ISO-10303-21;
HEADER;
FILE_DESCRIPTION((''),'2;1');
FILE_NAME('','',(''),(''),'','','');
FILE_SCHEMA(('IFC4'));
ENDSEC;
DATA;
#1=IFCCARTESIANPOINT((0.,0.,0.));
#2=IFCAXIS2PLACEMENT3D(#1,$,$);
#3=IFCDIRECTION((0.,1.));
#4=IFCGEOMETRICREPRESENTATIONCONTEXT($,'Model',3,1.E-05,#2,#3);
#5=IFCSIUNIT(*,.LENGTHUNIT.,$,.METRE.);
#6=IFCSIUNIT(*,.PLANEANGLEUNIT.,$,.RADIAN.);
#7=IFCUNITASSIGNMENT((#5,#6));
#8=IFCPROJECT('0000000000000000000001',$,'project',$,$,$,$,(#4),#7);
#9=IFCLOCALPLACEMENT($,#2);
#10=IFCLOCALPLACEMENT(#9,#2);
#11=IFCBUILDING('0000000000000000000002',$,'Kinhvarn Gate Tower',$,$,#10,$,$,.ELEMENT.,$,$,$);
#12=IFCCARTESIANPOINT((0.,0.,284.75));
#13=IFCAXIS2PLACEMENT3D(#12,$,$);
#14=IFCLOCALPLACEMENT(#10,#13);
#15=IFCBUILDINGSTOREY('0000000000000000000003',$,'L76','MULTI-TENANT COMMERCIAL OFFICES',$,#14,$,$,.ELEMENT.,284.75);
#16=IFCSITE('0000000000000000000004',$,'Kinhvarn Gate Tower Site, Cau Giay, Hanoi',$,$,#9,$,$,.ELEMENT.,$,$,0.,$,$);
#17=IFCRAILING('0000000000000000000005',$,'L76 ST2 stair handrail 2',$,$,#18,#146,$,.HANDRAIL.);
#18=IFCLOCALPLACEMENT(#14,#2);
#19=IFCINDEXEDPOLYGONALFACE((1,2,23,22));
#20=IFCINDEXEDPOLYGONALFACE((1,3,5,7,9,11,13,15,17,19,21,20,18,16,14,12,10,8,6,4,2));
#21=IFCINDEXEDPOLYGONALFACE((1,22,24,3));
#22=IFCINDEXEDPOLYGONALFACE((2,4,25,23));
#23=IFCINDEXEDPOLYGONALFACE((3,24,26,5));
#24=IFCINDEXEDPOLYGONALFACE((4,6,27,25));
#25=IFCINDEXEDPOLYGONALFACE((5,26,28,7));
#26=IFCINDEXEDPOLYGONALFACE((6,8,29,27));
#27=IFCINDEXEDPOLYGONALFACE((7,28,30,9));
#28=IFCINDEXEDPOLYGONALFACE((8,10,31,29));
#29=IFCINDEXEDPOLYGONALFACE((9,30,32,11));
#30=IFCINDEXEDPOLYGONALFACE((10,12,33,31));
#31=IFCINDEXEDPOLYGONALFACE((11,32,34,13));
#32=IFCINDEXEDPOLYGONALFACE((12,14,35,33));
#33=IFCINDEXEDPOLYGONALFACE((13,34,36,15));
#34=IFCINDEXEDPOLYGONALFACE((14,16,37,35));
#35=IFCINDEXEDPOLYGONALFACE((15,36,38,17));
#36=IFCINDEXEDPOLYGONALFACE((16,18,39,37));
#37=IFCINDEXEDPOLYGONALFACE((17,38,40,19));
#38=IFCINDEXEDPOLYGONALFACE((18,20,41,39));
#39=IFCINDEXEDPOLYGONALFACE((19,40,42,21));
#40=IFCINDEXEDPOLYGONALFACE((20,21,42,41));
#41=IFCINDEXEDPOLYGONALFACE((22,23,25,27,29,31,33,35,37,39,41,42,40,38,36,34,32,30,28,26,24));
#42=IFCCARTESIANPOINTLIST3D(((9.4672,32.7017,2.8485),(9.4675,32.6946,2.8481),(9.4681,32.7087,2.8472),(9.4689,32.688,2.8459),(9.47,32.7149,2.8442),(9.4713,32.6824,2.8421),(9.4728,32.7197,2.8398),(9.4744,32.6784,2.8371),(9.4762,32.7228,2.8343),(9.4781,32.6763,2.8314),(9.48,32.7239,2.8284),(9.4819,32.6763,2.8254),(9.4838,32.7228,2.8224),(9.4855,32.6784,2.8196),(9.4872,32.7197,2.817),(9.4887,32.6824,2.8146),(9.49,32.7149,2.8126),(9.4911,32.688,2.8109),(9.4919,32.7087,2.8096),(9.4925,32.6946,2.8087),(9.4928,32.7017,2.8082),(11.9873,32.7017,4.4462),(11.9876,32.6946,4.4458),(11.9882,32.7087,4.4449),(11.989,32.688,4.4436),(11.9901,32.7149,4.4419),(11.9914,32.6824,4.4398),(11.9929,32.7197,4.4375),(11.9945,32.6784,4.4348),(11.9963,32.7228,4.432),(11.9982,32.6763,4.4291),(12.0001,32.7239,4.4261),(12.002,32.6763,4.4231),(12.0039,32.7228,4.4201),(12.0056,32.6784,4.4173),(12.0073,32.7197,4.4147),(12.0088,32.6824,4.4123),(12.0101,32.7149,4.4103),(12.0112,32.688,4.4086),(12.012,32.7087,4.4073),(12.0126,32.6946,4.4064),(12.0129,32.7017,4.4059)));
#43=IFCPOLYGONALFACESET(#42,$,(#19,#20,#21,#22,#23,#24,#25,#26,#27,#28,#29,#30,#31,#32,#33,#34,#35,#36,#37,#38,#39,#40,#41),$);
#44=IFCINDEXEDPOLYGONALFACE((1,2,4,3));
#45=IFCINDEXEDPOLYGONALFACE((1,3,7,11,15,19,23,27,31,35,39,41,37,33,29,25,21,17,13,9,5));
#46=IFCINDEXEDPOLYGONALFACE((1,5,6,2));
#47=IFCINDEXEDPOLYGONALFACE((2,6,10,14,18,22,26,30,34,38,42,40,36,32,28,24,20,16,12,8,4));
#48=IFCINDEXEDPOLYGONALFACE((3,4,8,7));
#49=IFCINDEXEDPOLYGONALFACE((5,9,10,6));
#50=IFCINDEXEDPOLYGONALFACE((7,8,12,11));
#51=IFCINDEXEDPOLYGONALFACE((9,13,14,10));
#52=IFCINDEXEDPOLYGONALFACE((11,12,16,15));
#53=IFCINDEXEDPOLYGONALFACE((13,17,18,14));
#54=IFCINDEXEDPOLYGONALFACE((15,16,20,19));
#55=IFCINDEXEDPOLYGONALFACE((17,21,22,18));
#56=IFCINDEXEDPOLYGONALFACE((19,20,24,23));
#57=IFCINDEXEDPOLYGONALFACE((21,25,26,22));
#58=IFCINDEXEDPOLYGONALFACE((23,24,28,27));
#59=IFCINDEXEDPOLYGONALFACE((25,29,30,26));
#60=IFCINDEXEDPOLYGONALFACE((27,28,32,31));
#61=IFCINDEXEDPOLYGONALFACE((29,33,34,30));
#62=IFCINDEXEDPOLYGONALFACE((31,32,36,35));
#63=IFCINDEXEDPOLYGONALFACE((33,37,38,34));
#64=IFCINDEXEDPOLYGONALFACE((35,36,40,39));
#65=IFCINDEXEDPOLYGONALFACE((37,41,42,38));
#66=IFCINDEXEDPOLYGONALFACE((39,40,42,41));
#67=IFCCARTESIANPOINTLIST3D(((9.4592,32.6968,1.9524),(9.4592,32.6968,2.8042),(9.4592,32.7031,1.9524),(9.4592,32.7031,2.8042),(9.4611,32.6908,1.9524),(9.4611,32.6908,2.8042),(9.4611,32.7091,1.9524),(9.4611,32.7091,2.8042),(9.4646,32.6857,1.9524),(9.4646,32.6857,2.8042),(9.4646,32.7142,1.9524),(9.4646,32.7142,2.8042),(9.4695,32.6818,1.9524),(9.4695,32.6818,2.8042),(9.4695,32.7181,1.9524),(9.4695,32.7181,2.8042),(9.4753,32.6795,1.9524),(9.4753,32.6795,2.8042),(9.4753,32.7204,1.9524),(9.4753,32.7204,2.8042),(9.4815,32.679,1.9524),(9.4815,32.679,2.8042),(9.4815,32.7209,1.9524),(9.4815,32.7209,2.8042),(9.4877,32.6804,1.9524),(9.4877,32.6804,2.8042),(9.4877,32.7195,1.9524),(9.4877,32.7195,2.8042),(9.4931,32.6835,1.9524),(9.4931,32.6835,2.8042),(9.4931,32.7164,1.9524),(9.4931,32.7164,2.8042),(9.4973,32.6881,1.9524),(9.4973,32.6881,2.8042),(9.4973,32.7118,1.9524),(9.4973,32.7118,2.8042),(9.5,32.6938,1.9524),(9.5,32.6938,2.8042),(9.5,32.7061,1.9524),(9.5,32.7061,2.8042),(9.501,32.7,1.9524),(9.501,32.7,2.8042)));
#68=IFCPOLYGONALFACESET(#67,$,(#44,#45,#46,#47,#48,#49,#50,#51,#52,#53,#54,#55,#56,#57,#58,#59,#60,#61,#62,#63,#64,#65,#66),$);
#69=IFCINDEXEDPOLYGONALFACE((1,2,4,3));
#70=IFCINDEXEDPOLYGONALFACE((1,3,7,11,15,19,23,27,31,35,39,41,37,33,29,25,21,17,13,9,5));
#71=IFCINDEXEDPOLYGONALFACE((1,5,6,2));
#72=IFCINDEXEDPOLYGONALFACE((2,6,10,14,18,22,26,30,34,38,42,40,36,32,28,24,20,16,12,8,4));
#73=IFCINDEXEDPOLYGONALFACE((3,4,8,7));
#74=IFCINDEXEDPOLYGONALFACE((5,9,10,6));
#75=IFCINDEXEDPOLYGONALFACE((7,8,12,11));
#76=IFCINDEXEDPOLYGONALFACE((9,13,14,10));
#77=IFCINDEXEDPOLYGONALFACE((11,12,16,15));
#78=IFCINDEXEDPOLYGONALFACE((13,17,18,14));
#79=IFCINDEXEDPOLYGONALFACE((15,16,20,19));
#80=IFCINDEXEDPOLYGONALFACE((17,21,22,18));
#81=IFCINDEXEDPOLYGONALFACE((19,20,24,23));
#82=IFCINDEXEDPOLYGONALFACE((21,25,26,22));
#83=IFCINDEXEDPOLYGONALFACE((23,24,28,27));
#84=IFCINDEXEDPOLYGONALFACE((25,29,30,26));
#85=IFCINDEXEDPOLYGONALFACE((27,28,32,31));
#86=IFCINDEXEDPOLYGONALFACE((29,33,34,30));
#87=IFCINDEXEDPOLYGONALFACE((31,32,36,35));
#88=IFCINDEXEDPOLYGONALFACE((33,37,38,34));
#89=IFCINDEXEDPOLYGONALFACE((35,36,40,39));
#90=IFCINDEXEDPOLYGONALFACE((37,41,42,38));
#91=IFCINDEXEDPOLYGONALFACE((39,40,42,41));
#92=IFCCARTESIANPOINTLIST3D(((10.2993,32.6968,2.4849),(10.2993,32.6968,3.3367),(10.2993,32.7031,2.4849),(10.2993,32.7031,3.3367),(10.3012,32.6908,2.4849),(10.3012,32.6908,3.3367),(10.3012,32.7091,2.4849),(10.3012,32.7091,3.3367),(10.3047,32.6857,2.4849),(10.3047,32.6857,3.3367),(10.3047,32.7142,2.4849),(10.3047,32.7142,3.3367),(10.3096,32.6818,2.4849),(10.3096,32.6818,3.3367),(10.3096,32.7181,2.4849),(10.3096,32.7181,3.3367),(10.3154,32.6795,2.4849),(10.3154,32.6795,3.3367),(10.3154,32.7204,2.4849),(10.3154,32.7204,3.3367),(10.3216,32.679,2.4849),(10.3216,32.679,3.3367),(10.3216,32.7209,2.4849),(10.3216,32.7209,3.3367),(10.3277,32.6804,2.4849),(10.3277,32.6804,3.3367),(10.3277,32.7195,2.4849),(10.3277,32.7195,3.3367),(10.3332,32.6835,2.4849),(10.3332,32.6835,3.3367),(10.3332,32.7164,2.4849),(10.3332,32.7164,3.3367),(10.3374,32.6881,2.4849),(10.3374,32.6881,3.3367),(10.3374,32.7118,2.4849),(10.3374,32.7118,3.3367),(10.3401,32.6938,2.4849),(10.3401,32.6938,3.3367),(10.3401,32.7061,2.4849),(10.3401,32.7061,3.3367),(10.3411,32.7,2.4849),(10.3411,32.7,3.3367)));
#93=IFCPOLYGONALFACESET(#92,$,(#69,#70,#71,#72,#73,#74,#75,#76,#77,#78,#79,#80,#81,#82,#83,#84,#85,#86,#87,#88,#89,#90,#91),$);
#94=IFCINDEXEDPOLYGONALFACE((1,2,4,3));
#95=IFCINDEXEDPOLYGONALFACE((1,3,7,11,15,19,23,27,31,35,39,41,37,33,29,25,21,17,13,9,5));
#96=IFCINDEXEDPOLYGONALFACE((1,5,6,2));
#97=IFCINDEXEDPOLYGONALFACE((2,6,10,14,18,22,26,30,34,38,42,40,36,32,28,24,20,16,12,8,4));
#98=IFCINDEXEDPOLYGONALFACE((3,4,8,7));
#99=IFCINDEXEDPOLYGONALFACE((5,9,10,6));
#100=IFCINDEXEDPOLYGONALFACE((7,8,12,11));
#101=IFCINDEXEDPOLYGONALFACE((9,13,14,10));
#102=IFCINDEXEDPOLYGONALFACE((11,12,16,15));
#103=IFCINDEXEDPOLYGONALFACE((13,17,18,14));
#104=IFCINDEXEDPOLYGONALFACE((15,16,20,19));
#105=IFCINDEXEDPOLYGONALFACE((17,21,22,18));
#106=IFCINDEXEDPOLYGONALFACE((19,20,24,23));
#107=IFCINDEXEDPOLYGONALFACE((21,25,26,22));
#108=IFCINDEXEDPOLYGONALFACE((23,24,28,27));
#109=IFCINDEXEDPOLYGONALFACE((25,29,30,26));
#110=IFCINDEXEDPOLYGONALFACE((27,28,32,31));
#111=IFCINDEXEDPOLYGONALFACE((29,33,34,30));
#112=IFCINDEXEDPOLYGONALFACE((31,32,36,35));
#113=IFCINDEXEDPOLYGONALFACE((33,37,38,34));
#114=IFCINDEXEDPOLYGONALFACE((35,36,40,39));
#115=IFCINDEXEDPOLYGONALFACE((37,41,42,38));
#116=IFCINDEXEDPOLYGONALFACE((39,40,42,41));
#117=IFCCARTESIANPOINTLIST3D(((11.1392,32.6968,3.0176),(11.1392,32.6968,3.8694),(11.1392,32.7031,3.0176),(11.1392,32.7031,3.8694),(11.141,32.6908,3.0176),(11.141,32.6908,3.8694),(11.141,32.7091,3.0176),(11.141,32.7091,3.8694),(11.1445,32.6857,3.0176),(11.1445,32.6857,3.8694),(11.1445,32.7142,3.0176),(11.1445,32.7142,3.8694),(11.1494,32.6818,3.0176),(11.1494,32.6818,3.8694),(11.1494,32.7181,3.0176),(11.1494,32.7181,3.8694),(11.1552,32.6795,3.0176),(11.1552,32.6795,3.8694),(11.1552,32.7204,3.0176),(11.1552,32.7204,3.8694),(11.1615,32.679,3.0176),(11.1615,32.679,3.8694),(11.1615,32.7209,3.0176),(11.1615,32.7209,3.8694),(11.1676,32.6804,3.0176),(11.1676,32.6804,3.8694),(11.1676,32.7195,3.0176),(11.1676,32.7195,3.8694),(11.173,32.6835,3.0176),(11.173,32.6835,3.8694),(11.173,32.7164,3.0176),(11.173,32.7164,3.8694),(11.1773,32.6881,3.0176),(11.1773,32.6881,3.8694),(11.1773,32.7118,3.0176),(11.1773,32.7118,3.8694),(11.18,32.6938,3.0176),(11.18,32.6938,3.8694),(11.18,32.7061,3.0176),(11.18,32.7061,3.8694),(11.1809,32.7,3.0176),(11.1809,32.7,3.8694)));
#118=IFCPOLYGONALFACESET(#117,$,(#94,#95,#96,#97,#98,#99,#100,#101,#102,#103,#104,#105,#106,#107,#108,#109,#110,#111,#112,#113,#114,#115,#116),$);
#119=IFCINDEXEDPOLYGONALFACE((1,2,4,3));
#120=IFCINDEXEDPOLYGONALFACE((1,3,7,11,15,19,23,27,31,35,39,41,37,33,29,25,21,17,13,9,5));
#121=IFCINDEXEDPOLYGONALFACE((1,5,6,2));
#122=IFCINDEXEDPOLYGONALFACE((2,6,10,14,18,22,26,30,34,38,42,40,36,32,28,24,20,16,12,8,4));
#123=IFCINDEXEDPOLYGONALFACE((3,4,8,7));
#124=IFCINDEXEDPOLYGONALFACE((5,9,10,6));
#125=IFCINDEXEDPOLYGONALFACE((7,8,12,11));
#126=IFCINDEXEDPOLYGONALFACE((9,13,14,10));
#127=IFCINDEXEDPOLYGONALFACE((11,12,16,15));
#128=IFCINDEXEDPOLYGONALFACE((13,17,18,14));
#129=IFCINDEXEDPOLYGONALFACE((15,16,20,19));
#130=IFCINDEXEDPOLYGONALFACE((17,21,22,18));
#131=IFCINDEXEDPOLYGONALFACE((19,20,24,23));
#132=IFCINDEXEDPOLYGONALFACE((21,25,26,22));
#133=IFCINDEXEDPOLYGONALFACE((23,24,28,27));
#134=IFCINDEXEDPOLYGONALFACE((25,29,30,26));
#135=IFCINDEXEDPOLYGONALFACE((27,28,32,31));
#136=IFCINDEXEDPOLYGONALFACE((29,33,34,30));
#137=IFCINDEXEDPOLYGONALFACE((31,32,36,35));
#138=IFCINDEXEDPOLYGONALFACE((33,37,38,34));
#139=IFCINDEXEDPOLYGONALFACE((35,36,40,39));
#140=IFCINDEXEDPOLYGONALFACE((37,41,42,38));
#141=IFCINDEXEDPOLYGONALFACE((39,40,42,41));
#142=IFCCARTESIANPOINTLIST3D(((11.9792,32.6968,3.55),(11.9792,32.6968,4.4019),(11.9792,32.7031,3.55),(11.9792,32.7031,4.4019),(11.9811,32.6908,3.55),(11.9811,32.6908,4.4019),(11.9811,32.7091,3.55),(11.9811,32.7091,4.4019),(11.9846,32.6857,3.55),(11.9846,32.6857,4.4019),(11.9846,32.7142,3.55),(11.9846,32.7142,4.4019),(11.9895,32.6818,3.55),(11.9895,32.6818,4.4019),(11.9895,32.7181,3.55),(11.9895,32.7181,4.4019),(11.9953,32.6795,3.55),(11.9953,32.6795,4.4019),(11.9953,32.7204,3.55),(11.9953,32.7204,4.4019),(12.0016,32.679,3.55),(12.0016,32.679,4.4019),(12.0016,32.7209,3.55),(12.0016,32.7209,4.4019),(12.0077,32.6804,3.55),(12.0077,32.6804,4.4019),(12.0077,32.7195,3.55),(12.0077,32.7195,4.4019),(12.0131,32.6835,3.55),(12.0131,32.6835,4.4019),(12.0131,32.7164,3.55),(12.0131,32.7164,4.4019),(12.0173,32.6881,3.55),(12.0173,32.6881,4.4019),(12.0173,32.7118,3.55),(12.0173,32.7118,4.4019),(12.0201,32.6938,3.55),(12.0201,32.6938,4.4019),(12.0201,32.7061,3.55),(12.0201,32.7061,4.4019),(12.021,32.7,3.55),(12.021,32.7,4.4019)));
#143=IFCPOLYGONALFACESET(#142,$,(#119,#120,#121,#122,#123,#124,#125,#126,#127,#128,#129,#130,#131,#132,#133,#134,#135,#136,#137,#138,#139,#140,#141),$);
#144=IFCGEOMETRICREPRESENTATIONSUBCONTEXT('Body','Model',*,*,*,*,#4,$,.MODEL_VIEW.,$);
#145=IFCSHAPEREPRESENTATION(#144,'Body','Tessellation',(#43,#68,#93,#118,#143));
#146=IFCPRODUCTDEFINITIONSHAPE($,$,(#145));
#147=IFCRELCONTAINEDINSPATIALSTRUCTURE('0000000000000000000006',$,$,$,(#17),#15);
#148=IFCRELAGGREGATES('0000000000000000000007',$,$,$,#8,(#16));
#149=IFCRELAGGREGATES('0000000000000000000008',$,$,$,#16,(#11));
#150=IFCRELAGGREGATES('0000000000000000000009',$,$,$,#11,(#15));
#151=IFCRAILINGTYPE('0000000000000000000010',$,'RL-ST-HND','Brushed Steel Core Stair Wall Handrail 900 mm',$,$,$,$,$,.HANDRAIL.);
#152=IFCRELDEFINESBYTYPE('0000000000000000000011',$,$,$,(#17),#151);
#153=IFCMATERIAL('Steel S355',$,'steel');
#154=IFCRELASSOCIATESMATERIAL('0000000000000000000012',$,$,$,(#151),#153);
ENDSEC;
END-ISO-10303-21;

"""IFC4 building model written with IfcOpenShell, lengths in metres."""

from ifc_helpers import new_model, si_unit, direction, frame, origin, origin_2d, place, context, subcontext, project, spatial, circle, extrude, material, type_object, element, save


model = new_model("IFC4")

# Units and contexts
model_context = context("Model", 3, precision=1e-05, world=origin(), true_north=direction((0.0, 1.0)))
body_context = subcontext(model_context, "Body", "Model", "MODEL_VIEW")
ifc_project = project(units=[si_unit("LENGTHUNIT", "METRE"), si_unit("PLANEANGLEUNIT", "RADIAN")], contexts=[model_context])

# Site, building, storey
site_placement = place(None, origin())
site = spatial("IfcSite", under=ifc_project, at=site_placement, Name="Kinhvarn Gate Tower Site, Cau Giay, Hanoi", CompositionType="ELEMENT", RefElevation=0.0)
building_placement = place(site_placement, origin())
building = spatial("IfcBuilding", under=site, at=building_placement, Name="Kinhvarn Gate Tower", CompositionType="ELEMENT")
storey_placement = place(building_placement, frame((0.0, 0.0, 284.75)))
storey = spatial("IfcBuildingStorey", under=building, at=storey_placement, Name="L76", Description="MULTI-TENANT COMMERCIAL OFFICES", CompositionType="ELEMENT", Elevation=284.75)

# Railing
ifc_material_1 = material(Name="Steel S355", Category="steel")
railing_type_1 = type_object("IfcRailingType", Name="RL-ST-HND", Description="Brushed Steel Core Stair Wall Handrail 900 mm", PredefinedType="HANDRAIL", material=ifc_material_1)
railing_1_placement = place(storey_placement, frame((9.48, 32.7, 1.9524)))
element("IfcRailing", 1, at=railing_1_placement, inside=storey, type_object=railing_type_1, Name="L76 ST2 stair handrail 2", PredefinedType="HANDRAIL", context=body_context, shape_type="SweptSolid", body=[
    extrude(circle(Radius=0.0239, at=origin_2d()), frame((0.0, 0.0, 0.876), z_axis=(0.84457, 0.0, 0.535445), x_axis=(0.0, 1.0, 0.0)), (0.0, 0.0, 1.0), 2.9839),
    extrude(circle(Radius=0.021, at=origin_2d()), origin(), (0.0, 0.0, 1.0), 0.8518),
    extrude(circle(Radius=0.021, at=origin_2d()), frame((0.8401, 0.0, 0.5325)), (0.0, 0.0, 1.0), 0.8518),
    extrude(circle(Radius=0.021, at=origin_2d()), frame((1.6799, 0.0, 1.0652)), (0.0, 0.0, 1.0), 0.8518),
    extrude(circle(Radius=0.021, at=origin_2d()), frame((2.52, 0.0, 1.5977)), (0.0, 0.0, 1.0), 0.8518),
])

save(model, "model.ifc")
